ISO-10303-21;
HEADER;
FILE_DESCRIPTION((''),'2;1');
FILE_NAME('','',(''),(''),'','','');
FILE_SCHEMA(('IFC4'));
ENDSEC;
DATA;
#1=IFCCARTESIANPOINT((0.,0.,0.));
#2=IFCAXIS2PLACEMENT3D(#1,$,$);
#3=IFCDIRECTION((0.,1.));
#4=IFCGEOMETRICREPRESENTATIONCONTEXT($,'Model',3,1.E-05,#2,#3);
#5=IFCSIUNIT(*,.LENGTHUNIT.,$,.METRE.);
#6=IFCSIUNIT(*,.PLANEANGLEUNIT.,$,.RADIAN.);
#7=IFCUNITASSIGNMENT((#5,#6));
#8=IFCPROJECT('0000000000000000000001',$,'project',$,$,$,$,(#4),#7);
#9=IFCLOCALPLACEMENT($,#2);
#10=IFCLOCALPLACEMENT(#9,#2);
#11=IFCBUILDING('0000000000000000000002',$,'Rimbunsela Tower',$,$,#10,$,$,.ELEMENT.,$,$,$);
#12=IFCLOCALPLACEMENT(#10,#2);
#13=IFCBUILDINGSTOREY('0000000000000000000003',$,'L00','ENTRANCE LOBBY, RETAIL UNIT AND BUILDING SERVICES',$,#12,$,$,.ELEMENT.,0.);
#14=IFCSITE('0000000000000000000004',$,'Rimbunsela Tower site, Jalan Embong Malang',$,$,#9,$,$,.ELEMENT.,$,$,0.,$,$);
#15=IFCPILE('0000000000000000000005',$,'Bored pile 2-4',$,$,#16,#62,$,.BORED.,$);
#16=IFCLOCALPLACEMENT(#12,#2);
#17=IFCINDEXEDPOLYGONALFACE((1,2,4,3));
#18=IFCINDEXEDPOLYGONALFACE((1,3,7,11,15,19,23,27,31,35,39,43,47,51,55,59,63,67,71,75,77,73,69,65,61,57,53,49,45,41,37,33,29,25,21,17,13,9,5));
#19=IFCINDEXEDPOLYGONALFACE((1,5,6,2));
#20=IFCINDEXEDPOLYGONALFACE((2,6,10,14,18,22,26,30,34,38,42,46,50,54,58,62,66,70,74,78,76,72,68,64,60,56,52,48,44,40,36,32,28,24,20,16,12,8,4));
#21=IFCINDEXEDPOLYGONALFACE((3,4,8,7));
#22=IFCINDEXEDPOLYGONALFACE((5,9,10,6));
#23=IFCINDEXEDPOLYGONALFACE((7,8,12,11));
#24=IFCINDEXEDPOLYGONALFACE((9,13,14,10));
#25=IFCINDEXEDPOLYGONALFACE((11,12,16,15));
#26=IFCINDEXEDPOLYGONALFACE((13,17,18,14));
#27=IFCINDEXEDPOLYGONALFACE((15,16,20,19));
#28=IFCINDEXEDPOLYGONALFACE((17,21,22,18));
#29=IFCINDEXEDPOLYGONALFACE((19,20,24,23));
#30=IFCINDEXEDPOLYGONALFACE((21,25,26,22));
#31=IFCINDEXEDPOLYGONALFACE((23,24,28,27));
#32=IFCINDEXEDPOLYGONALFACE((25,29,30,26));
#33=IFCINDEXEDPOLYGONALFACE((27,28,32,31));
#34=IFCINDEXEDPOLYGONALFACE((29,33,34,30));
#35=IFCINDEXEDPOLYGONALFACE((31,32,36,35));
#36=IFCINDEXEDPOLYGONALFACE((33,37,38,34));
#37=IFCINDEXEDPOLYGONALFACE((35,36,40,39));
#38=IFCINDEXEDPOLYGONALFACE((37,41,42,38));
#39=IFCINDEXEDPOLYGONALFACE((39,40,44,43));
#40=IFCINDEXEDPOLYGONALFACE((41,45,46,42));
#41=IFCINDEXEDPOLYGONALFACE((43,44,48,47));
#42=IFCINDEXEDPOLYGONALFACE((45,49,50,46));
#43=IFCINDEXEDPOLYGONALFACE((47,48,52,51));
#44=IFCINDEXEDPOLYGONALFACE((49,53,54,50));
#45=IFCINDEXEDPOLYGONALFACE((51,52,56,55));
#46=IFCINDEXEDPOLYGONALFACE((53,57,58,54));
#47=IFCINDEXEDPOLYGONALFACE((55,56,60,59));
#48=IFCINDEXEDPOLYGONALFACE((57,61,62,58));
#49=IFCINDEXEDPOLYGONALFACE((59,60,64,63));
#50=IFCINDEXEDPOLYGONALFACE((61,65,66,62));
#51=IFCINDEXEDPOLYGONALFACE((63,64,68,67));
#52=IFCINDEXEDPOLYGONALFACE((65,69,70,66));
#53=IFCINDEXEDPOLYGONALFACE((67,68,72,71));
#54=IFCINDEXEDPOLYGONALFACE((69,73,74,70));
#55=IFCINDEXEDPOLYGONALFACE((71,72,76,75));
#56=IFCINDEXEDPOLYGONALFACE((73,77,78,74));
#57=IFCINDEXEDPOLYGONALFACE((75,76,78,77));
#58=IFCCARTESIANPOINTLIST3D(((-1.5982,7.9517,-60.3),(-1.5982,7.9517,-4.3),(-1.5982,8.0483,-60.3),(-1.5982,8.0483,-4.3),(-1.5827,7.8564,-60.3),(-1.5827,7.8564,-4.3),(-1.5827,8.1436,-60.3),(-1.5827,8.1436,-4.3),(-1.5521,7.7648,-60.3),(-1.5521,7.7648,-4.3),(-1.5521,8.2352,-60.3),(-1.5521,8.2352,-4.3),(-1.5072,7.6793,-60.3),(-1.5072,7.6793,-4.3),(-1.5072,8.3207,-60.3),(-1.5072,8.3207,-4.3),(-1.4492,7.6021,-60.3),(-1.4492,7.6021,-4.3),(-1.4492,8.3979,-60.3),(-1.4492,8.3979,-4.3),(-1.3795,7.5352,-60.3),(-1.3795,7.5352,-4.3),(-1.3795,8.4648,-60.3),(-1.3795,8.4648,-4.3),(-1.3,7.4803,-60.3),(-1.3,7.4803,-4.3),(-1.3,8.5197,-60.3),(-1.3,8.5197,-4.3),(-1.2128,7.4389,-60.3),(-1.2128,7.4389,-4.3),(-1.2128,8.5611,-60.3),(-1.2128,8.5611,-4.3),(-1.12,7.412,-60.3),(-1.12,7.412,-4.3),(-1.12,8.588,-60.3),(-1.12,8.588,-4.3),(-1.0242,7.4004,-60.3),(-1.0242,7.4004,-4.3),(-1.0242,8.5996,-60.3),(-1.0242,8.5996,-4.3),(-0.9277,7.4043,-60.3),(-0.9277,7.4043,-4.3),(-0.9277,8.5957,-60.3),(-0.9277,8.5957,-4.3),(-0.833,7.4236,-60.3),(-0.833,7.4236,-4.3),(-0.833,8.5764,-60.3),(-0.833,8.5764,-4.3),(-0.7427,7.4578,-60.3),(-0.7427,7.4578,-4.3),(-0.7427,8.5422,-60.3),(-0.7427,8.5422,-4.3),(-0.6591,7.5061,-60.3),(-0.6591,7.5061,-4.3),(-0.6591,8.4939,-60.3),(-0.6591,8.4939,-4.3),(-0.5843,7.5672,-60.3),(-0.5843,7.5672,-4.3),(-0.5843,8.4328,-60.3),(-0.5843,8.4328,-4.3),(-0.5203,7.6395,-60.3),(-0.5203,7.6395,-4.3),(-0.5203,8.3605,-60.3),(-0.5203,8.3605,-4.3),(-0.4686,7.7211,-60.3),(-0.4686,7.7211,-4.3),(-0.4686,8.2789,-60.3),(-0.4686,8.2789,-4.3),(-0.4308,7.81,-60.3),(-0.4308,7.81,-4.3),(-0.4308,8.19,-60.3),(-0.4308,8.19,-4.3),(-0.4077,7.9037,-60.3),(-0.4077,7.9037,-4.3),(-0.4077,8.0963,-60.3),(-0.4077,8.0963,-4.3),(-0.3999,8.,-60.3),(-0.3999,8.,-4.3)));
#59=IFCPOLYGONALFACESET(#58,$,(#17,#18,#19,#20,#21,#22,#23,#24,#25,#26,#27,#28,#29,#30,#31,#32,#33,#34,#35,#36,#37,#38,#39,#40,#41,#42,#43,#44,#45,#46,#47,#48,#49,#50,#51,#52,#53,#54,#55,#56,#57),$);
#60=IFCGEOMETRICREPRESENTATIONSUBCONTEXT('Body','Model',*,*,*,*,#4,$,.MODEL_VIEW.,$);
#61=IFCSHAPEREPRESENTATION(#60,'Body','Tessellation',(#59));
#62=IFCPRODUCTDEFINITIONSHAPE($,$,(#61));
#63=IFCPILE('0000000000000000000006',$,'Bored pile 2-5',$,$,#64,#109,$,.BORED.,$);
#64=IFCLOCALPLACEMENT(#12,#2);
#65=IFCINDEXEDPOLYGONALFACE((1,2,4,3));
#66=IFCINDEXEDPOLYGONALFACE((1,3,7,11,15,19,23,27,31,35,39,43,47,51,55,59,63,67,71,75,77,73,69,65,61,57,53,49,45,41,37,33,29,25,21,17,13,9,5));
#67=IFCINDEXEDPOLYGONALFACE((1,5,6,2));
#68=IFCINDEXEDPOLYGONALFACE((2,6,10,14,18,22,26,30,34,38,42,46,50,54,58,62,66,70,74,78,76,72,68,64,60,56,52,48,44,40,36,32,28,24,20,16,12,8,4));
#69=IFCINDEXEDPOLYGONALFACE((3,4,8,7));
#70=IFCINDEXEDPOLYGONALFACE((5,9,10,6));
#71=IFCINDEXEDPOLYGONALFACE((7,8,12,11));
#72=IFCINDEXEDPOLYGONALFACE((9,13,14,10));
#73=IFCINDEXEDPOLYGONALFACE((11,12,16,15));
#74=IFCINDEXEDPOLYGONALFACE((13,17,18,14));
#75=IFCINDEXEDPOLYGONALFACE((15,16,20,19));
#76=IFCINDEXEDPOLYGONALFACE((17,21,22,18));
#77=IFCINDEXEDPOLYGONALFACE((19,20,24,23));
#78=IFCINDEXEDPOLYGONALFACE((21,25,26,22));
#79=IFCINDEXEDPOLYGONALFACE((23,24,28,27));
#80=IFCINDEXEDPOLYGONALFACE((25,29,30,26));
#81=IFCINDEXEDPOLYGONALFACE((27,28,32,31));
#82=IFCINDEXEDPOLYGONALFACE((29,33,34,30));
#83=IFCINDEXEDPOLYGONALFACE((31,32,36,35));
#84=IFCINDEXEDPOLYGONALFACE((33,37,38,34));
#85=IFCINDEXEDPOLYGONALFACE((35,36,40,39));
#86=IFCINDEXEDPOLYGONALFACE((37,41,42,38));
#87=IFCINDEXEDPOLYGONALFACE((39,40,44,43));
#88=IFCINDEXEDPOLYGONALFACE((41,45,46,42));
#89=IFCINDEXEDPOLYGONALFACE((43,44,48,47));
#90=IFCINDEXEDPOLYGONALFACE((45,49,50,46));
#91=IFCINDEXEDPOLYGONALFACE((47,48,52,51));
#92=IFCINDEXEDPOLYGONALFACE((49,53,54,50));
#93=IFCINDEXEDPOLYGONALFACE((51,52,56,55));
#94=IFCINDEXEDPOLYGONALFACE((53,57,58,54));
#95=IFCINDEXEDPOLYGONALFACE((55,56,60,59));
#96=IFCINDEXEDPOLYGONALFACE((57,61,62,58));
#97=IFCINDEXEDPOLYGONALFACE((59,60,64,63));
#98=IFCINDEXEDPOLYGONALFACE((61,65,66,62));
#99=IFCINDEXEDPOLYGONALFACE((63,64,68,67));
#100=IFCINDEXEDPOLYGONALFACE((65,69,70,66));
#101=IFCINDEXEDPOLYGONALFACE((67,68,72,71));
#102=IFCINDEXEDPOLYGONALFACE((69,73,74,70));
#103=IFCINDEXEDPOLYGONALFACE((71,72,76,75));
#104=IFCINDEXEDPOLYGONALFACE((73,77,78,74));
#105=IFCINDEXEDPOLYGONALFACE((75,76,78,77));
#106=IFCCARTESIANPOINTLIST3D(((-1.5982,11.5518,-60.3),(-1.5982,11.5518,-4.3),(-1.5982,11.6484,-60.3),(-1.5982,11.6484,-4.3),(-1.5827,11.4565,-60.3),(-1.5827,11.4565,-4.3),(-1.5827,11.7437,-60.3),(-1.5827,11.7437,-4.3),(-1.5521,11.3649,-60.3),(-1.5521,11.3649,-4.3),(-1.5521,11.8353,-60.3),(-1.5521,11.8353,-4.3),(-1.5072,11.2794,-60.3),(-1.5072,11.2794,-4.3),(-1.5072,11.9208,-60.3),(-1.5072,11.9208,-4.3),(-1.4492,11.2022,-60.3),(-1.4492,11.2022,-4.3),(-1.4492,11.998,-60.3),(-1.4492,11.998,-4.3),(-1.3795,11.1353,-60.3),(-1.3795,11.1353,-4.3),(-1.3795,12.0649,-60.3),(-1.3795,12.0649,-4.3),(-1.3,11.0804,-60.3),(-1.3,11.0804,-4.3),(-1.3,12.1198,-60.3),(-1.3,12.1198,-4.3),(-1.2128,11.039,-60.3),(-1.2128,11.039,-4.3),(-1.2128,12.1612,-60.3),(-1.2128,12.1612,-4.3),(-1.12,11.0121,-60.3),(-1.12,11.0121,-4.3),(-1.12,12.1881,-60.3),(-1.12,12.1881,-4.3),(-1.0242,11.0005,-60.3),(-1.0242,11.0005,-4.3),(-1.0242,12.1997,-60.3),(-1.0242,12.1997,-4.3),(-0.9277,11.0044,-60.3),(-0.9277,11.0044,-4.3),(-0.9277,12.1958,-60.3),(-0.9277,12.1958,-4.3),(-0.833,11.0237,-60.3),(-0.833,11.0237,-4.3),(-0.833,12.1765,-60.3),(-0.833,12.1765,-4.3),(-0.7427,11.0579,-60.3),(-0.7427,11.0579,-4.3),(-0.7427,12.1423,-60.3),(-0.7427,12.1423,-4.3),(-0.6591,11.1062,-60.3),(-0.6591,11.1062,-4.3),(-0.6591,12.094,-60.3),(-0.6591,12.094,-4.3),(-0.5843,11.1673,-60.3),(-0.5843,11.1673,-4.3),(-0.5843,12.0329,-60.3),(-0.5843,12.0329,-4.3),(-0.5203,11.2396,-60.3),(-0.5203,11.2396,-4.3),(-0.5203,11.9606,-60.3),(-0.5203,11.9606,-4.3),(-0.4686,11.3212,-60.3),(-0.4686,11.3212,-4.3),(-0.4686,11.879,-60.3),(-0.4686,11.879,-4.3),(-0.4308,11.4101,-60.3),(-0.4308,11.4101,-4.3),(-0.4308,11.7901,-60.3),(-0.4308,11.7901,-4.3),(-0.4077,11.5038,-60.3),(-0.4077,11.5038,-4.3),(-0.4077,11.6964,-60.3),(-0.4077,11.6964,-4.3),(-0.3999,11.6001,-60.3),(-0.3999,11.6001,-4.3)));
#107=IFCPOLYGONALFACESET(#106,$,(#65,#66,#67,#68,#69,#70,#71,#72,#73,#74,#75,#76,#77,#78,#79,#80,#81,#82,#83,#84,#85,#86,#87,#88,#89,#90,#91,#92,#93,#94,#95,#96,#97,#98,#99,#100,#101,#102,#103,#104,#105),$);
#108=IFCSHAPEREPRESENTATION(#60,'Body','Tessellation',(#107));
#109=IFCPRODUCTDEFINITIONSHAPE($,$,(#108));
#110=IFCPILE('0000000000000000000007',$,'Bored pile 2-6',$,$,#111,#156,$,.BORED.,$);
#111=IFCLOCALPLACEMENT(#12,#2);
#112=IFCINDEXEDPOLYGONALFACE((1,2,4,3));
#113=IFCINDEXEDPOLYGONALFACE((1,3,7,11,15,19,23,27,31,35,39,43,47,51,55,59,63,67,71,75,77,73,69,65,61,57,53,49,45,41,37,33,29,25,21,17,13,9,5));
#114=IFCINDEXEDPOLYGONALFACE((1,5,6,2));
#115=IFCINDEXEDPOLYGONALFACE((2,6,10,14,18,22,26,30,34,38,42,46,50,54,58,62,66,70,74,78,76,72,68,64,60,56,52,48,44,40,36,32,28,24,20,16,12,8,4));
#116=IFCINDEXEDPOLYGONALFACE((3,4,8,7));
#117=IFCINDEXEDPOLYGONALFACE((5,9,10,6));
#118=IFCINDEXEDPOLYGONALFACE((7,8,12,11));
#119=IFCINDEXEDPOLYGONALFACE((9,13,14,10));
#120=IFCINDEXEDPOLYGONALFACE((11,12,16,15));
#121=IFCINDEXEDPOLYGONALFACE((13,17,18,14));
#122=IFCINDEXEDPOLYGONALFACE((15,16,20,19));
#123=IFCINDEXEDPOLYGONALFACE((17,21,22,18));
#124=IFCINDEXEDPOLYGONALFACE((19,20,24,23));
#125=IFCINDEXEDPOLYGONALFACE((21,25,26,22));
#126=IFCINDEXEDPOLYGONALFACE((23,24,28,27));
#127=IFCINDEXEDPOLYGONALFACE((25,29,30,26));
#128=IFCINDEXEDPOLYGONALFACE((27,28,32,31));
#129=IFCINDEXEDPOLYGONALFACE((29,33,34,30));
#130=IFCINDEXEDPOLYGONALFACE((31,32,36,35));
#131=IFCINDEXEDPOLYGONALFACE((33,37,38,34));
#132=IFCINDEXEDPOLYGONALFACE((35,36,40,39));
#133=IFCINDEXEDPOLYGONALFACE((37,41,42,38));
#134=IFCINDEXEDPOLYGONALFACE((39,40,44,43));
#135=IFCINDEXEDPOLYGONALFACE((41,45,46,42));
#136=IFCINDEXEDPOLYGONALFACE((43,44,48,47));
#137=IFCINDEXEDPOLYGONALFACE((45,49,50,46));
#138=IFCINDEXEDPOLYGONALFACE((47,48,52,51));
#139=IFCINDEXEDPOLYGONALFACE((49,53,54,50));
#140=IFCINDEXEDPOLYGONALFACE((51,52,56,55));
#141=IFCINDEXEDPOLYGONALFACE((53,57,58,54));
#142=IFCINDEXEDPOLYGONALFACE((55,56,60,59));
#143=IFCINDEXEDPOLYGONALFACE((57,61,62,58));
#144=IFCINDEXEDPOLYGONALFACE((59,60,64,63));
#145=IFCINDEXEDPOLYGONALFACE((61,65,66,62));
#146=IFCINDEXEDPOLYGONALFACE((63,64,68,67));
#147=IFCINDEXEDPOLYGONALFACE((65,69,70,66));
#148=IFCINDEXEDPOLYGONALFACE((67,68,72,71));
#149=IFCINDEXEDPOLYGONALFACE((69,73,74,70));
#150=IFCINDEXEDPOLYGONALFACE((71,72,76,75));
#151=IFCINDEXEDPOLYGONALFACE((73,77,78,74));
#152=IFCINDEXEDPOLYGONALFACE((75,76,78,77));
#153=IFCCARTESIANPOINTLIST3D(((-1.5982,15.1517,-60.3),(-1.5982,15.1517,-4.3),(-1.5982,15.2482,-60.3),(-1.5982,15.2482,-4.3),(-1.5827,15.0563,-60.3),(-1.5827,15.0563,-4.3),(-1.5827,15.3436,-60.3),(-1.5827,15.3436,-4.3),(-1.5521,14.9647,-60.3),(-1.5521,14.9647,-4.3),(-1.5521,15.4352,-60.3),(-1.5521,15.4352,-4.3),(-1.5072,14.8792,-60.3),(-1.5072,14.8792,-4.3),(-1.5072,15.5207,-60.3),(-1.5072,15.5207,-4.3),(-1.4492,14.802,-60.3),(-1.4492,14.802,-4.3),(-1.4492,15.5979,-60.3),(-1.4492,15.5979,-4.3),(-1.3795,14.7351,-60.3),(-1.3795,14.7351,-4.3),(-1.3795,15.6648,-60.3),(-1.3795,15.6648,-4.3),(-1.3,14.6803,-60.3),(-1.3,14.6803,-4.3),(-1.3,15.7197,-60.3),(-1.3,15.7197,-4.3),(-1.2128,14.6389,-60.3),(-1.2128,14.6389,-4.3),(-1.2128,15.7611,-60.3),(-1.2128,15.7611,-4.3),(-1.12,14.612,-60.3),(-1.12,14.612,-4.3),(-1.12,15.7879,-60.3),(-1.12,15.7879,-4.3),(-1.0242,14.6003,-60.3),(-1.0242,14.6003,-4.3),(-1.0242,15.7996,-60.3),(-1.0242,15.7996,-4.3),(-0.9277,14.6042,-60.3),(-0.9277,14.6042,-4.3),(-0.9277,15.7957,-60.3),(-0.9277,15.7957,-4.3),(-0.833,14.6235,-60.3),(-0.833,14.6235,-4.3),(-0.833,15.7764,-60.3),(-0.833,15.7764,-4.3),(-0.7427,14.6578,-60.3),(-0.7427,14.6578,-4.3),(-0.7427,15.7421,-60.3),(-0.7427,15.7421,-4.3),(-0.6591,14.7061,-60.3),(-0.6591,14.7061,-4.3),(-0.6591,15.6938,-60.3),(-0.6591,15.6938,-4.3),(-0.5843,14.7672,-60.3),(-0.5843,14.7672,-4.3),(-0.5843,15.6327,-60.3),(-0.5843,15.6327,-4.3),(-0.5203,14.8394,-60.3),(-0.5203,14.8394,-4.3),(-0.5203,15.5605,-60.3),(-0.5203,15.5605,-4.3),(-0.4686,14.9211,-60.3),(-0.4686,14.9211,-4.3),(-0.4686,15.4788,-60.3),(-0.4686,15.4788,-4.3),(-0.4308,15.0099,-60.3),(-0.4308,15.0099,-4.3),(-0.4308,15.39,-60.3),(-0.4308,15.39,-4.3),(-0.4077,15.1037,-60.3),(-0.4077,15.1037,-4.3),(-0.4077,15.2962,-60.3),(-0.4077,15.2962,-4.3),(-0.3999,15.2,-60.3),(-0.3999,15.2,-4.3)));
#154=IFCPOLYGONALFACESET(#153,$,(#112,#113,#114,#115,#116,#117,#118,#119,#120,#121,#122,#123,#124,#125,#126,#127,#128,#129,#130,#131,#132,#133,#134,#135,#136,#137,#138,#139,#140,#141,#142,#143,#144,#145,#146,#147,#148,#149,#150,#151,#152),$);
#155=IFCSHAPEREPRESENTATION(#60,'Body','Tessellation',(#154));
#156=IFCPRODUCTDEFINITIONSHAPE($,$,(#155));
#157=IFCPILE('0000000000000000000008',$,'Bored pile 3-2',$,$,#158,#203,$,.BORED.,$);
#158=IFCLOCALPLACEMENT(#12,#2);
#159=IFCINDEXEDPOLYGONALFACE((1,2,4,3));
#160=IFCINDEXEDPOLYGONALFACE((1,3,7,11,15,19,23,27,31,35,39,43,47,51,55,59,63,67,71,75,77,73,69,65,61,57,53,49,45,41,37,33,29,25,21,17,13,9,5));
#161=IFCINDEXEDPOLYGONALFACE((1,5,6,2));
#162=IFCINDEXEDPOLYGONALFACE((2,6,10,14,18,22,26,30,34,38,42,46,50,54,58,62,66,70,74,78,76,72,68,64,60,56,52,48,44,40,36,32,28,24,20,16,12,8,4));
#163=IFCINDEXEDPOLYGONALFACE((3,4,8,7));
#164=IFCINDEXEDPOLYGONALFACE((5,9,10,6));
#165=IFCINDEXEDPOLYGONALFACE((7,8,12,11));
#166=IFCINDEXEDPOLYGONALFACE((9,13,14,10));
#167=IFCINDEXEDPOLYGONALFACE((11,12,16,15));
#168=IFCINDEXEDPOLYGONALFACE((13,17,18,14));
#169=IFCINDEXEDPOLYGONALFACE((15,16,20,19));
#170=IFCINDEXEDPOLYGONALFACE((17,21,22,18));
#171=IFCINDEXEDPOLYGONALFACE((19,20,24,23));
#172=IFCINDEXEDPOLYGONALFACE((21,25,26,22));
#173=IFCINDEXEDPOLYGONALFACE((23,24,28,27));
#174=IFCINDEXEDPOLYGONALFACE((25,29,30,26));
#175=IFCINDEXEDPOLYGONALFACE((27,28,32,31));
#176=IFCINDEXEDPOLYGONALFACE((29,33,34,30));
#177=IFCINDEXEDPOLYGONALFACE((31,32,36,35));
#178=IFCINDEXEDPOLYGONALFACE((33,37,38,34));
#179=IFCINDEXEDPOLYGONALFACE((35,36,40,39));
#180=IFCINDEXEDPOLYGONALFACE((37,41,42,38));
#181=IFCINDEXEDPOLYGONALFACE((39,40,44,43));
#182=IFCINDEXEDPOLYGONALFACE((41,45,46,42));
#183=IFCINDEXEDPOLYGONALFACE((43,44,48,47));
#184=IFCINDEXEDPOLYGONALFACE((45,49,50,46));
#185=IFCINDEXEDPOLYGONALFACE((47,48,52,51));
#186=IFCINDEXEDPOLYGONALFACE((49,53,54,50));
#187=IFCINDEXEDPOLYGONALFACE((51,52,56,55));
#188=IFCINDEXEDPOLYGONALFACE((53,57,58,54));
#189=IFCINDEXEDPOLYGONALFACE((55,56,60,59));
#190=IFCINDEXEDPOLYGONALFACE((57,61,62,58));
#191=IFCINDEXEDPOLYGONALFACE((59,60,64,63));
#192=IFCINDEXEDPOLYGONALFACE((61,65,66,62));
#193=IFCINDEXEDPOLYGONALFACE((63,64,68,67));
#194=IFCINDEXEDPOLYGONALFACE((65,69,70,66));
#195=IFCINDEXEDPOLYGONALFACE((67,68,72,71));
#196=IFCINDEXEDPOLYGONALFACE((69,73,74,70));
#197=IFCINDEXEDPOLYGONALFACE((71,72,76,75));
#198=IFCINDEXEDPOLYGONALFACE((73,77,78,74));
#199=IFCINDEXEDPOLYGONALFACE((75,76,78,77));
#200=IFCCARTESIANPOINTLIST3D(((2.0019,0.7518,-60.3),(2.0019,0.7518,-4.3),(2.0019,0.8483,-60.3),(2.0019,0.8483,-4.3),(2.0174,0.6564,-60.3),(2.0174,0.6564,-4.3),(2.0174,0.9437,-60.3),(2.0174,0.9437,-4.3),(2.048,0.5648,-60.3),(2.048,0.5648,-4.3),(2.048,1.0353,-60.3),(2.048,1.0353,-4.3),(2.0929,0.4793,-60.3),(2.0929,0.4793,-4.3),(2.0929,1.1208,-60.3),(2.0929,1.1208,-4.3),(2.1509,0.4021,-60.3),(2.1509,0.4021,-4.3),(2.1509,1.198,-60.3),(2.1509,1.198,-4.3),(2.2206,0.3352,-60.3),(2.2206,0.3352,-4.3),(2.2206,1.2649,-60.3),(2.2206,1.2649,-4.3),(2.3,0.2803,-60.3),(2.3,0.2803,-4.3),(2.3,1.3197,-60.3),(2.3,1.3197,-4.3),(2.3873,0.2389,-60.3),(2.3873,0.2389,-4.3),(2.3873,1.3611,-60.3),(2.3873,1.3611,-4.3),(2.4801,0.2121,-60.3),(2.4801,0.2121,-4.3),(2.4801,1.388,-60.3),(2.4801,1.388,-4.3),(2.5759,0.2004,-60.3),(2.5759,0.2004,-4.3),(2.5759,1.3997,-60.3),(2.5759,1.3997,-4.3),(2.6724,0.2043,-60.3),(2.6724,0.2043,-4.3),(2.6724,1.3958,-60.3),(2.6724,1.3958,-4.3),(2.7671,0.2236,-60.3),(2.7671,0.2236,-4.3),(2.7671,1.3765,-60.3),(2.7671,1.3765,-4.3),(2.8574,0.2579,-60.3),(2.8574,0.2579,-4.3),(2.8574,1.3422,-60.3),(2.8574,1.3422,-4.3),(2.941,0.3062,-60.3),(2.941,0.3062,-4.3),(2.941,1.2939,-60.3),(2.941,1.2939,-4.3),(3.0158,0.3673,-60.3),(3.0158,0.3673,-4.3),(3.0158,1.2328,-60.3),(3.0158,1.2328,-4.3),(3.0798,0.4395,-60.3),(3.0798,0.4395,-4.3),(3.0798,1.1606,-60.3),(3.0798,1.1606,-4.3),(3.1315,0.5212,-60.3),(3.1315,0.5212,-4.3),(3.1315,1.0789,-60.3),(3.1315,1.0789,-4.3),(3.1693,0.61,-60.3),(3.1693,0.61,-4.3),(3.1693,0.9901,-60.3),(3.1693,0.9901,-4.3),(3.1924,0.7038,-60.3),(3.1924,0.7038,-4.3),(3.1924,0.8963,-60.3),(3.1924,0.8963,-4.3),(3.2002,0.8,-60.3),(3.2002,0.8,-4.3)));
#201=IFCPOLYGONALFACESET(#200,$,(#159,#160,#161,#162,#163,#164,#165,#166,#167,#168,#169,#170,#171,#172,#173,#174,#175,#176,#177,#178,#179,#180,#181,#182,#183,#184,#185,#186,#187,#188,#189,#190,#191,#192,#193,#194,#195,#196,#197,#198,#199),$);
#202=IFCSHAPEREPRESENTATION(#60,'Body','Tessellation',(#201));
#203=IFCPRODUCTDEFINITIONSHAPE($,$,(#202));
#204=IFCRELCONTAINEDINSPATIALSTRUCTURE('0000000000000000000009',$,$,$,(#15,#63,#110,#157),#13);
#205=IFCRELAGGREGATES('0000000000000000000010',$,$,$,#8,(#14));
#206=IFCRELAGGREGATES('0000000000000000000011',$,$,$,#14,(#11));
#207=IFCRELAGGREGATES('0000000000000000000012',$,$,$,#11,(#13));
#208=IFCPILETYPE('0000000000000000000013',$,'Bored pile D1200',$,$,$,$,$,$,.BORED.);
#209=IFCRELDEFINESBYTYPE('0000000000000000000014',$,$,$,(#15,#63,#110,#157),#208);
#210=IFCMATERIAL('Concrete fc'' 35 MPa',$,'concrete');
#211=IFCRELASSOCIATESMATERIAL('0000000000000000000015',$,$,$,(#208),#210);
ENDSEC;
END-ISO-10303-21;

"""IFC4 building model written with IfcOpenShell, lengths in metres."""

from ifc_helpers import new_model, si_unit, direction, frame, origin, origin_2d, place, context, subcontext, project, spatial, circle, extrude, material, material_profile, profile_set, type_object, element, save


model = new_model("IFC4")

# Units and contexts
model_context = context("Model", 3, precision=1e-05, world=origin(), true_north=direction((0.0, 1.0)))
body_context = subcontext(model_context, "Body", "Model", "MODEL_VIEW")
ifc_project = project(units=[si_unit("LENGTHUNIT", "METRE"), si_unit("PLANEANGLEUNIT", "RADIAN")], contexts=[model_context])

# Site, building, storey
site_placement = place(None, origin())
site = spatial("IfcSite", under=ifc_project, at=site_placement, Name="Rimbunsela Tower site, Jalan Embong Malang", CompositionType="ELEMENT", RefElevation=0.0)
building_placement = place(site_placement, origin())
building = spatial("IfcBuilding", under=site, at=building_placement, Name="Rimbunsela Tower", CompositionType="ELEMENT")
storey_placement = place(building_placement, origin())
storey = spatial("IfcBuildingStorey", under=building, at=storey_placement, Name="L00", Description="ENTRANCE LOBBY, RETAIL UNIT AND BUILDING SERVICES", CompositionType="ELEMENT", Elevation=0.0)

# Piles
ifc_material_1 = material(Name="Concrete fc' 35 MPa", Category="concrete")
ifc_material_profile_1 = material_profile(ifc_material_1, circle(Radius=0.6001, at=origin_2d()), Name="BP D1200")
ifc_profile_set_1 = profile_set([ifc_material_profile_1], Name="Concrete fc' 35 MPa")
pile_type = type_object("IfcPileType", Name="Bored pile D1200", PredefinedType="BORED", material=ifc_profile_set_1)
for number, where, z_axis, x_axis, name in (
    (1, (-1.0, 8.0, -4.3), (0.0, 0.0, -1.0), (1.0, 0.0, 0.0), "Bored pile 2-4"),
    (2, (-1.0, 11.6001, -4.3), (0.0, 0.0, -1.0), (1.0, 0.0, 0.0), "Bored pile 2-5"),
    (3, (-1.0, 15.2, -4.3), (0.0, 0.0, -1.0), (1.0, 0.0, 0.0), "Bored pile 2-6"),
    (4, (2.6001, 0.8, -4.3), (0.0, 0.0, -1.0), (1.0, 0.0, 0.0), "Bored pile 3-2"),
):
    element("IfcPile", number, at=place(storey_placement, frame(where, z_axis=z_axis, x_axis=x_axis)), inside=storey, type_object=pile_type, Name=name, PredefinedType="BORED", context=body_context, shape_type="SweptSolid", body=[
        extrude(circle(Radius=0.6001, at=origin_2d()), origin(), (0.0, 0.0, 1.0), 56.0),
    ])

save(model, "model.ifc")
